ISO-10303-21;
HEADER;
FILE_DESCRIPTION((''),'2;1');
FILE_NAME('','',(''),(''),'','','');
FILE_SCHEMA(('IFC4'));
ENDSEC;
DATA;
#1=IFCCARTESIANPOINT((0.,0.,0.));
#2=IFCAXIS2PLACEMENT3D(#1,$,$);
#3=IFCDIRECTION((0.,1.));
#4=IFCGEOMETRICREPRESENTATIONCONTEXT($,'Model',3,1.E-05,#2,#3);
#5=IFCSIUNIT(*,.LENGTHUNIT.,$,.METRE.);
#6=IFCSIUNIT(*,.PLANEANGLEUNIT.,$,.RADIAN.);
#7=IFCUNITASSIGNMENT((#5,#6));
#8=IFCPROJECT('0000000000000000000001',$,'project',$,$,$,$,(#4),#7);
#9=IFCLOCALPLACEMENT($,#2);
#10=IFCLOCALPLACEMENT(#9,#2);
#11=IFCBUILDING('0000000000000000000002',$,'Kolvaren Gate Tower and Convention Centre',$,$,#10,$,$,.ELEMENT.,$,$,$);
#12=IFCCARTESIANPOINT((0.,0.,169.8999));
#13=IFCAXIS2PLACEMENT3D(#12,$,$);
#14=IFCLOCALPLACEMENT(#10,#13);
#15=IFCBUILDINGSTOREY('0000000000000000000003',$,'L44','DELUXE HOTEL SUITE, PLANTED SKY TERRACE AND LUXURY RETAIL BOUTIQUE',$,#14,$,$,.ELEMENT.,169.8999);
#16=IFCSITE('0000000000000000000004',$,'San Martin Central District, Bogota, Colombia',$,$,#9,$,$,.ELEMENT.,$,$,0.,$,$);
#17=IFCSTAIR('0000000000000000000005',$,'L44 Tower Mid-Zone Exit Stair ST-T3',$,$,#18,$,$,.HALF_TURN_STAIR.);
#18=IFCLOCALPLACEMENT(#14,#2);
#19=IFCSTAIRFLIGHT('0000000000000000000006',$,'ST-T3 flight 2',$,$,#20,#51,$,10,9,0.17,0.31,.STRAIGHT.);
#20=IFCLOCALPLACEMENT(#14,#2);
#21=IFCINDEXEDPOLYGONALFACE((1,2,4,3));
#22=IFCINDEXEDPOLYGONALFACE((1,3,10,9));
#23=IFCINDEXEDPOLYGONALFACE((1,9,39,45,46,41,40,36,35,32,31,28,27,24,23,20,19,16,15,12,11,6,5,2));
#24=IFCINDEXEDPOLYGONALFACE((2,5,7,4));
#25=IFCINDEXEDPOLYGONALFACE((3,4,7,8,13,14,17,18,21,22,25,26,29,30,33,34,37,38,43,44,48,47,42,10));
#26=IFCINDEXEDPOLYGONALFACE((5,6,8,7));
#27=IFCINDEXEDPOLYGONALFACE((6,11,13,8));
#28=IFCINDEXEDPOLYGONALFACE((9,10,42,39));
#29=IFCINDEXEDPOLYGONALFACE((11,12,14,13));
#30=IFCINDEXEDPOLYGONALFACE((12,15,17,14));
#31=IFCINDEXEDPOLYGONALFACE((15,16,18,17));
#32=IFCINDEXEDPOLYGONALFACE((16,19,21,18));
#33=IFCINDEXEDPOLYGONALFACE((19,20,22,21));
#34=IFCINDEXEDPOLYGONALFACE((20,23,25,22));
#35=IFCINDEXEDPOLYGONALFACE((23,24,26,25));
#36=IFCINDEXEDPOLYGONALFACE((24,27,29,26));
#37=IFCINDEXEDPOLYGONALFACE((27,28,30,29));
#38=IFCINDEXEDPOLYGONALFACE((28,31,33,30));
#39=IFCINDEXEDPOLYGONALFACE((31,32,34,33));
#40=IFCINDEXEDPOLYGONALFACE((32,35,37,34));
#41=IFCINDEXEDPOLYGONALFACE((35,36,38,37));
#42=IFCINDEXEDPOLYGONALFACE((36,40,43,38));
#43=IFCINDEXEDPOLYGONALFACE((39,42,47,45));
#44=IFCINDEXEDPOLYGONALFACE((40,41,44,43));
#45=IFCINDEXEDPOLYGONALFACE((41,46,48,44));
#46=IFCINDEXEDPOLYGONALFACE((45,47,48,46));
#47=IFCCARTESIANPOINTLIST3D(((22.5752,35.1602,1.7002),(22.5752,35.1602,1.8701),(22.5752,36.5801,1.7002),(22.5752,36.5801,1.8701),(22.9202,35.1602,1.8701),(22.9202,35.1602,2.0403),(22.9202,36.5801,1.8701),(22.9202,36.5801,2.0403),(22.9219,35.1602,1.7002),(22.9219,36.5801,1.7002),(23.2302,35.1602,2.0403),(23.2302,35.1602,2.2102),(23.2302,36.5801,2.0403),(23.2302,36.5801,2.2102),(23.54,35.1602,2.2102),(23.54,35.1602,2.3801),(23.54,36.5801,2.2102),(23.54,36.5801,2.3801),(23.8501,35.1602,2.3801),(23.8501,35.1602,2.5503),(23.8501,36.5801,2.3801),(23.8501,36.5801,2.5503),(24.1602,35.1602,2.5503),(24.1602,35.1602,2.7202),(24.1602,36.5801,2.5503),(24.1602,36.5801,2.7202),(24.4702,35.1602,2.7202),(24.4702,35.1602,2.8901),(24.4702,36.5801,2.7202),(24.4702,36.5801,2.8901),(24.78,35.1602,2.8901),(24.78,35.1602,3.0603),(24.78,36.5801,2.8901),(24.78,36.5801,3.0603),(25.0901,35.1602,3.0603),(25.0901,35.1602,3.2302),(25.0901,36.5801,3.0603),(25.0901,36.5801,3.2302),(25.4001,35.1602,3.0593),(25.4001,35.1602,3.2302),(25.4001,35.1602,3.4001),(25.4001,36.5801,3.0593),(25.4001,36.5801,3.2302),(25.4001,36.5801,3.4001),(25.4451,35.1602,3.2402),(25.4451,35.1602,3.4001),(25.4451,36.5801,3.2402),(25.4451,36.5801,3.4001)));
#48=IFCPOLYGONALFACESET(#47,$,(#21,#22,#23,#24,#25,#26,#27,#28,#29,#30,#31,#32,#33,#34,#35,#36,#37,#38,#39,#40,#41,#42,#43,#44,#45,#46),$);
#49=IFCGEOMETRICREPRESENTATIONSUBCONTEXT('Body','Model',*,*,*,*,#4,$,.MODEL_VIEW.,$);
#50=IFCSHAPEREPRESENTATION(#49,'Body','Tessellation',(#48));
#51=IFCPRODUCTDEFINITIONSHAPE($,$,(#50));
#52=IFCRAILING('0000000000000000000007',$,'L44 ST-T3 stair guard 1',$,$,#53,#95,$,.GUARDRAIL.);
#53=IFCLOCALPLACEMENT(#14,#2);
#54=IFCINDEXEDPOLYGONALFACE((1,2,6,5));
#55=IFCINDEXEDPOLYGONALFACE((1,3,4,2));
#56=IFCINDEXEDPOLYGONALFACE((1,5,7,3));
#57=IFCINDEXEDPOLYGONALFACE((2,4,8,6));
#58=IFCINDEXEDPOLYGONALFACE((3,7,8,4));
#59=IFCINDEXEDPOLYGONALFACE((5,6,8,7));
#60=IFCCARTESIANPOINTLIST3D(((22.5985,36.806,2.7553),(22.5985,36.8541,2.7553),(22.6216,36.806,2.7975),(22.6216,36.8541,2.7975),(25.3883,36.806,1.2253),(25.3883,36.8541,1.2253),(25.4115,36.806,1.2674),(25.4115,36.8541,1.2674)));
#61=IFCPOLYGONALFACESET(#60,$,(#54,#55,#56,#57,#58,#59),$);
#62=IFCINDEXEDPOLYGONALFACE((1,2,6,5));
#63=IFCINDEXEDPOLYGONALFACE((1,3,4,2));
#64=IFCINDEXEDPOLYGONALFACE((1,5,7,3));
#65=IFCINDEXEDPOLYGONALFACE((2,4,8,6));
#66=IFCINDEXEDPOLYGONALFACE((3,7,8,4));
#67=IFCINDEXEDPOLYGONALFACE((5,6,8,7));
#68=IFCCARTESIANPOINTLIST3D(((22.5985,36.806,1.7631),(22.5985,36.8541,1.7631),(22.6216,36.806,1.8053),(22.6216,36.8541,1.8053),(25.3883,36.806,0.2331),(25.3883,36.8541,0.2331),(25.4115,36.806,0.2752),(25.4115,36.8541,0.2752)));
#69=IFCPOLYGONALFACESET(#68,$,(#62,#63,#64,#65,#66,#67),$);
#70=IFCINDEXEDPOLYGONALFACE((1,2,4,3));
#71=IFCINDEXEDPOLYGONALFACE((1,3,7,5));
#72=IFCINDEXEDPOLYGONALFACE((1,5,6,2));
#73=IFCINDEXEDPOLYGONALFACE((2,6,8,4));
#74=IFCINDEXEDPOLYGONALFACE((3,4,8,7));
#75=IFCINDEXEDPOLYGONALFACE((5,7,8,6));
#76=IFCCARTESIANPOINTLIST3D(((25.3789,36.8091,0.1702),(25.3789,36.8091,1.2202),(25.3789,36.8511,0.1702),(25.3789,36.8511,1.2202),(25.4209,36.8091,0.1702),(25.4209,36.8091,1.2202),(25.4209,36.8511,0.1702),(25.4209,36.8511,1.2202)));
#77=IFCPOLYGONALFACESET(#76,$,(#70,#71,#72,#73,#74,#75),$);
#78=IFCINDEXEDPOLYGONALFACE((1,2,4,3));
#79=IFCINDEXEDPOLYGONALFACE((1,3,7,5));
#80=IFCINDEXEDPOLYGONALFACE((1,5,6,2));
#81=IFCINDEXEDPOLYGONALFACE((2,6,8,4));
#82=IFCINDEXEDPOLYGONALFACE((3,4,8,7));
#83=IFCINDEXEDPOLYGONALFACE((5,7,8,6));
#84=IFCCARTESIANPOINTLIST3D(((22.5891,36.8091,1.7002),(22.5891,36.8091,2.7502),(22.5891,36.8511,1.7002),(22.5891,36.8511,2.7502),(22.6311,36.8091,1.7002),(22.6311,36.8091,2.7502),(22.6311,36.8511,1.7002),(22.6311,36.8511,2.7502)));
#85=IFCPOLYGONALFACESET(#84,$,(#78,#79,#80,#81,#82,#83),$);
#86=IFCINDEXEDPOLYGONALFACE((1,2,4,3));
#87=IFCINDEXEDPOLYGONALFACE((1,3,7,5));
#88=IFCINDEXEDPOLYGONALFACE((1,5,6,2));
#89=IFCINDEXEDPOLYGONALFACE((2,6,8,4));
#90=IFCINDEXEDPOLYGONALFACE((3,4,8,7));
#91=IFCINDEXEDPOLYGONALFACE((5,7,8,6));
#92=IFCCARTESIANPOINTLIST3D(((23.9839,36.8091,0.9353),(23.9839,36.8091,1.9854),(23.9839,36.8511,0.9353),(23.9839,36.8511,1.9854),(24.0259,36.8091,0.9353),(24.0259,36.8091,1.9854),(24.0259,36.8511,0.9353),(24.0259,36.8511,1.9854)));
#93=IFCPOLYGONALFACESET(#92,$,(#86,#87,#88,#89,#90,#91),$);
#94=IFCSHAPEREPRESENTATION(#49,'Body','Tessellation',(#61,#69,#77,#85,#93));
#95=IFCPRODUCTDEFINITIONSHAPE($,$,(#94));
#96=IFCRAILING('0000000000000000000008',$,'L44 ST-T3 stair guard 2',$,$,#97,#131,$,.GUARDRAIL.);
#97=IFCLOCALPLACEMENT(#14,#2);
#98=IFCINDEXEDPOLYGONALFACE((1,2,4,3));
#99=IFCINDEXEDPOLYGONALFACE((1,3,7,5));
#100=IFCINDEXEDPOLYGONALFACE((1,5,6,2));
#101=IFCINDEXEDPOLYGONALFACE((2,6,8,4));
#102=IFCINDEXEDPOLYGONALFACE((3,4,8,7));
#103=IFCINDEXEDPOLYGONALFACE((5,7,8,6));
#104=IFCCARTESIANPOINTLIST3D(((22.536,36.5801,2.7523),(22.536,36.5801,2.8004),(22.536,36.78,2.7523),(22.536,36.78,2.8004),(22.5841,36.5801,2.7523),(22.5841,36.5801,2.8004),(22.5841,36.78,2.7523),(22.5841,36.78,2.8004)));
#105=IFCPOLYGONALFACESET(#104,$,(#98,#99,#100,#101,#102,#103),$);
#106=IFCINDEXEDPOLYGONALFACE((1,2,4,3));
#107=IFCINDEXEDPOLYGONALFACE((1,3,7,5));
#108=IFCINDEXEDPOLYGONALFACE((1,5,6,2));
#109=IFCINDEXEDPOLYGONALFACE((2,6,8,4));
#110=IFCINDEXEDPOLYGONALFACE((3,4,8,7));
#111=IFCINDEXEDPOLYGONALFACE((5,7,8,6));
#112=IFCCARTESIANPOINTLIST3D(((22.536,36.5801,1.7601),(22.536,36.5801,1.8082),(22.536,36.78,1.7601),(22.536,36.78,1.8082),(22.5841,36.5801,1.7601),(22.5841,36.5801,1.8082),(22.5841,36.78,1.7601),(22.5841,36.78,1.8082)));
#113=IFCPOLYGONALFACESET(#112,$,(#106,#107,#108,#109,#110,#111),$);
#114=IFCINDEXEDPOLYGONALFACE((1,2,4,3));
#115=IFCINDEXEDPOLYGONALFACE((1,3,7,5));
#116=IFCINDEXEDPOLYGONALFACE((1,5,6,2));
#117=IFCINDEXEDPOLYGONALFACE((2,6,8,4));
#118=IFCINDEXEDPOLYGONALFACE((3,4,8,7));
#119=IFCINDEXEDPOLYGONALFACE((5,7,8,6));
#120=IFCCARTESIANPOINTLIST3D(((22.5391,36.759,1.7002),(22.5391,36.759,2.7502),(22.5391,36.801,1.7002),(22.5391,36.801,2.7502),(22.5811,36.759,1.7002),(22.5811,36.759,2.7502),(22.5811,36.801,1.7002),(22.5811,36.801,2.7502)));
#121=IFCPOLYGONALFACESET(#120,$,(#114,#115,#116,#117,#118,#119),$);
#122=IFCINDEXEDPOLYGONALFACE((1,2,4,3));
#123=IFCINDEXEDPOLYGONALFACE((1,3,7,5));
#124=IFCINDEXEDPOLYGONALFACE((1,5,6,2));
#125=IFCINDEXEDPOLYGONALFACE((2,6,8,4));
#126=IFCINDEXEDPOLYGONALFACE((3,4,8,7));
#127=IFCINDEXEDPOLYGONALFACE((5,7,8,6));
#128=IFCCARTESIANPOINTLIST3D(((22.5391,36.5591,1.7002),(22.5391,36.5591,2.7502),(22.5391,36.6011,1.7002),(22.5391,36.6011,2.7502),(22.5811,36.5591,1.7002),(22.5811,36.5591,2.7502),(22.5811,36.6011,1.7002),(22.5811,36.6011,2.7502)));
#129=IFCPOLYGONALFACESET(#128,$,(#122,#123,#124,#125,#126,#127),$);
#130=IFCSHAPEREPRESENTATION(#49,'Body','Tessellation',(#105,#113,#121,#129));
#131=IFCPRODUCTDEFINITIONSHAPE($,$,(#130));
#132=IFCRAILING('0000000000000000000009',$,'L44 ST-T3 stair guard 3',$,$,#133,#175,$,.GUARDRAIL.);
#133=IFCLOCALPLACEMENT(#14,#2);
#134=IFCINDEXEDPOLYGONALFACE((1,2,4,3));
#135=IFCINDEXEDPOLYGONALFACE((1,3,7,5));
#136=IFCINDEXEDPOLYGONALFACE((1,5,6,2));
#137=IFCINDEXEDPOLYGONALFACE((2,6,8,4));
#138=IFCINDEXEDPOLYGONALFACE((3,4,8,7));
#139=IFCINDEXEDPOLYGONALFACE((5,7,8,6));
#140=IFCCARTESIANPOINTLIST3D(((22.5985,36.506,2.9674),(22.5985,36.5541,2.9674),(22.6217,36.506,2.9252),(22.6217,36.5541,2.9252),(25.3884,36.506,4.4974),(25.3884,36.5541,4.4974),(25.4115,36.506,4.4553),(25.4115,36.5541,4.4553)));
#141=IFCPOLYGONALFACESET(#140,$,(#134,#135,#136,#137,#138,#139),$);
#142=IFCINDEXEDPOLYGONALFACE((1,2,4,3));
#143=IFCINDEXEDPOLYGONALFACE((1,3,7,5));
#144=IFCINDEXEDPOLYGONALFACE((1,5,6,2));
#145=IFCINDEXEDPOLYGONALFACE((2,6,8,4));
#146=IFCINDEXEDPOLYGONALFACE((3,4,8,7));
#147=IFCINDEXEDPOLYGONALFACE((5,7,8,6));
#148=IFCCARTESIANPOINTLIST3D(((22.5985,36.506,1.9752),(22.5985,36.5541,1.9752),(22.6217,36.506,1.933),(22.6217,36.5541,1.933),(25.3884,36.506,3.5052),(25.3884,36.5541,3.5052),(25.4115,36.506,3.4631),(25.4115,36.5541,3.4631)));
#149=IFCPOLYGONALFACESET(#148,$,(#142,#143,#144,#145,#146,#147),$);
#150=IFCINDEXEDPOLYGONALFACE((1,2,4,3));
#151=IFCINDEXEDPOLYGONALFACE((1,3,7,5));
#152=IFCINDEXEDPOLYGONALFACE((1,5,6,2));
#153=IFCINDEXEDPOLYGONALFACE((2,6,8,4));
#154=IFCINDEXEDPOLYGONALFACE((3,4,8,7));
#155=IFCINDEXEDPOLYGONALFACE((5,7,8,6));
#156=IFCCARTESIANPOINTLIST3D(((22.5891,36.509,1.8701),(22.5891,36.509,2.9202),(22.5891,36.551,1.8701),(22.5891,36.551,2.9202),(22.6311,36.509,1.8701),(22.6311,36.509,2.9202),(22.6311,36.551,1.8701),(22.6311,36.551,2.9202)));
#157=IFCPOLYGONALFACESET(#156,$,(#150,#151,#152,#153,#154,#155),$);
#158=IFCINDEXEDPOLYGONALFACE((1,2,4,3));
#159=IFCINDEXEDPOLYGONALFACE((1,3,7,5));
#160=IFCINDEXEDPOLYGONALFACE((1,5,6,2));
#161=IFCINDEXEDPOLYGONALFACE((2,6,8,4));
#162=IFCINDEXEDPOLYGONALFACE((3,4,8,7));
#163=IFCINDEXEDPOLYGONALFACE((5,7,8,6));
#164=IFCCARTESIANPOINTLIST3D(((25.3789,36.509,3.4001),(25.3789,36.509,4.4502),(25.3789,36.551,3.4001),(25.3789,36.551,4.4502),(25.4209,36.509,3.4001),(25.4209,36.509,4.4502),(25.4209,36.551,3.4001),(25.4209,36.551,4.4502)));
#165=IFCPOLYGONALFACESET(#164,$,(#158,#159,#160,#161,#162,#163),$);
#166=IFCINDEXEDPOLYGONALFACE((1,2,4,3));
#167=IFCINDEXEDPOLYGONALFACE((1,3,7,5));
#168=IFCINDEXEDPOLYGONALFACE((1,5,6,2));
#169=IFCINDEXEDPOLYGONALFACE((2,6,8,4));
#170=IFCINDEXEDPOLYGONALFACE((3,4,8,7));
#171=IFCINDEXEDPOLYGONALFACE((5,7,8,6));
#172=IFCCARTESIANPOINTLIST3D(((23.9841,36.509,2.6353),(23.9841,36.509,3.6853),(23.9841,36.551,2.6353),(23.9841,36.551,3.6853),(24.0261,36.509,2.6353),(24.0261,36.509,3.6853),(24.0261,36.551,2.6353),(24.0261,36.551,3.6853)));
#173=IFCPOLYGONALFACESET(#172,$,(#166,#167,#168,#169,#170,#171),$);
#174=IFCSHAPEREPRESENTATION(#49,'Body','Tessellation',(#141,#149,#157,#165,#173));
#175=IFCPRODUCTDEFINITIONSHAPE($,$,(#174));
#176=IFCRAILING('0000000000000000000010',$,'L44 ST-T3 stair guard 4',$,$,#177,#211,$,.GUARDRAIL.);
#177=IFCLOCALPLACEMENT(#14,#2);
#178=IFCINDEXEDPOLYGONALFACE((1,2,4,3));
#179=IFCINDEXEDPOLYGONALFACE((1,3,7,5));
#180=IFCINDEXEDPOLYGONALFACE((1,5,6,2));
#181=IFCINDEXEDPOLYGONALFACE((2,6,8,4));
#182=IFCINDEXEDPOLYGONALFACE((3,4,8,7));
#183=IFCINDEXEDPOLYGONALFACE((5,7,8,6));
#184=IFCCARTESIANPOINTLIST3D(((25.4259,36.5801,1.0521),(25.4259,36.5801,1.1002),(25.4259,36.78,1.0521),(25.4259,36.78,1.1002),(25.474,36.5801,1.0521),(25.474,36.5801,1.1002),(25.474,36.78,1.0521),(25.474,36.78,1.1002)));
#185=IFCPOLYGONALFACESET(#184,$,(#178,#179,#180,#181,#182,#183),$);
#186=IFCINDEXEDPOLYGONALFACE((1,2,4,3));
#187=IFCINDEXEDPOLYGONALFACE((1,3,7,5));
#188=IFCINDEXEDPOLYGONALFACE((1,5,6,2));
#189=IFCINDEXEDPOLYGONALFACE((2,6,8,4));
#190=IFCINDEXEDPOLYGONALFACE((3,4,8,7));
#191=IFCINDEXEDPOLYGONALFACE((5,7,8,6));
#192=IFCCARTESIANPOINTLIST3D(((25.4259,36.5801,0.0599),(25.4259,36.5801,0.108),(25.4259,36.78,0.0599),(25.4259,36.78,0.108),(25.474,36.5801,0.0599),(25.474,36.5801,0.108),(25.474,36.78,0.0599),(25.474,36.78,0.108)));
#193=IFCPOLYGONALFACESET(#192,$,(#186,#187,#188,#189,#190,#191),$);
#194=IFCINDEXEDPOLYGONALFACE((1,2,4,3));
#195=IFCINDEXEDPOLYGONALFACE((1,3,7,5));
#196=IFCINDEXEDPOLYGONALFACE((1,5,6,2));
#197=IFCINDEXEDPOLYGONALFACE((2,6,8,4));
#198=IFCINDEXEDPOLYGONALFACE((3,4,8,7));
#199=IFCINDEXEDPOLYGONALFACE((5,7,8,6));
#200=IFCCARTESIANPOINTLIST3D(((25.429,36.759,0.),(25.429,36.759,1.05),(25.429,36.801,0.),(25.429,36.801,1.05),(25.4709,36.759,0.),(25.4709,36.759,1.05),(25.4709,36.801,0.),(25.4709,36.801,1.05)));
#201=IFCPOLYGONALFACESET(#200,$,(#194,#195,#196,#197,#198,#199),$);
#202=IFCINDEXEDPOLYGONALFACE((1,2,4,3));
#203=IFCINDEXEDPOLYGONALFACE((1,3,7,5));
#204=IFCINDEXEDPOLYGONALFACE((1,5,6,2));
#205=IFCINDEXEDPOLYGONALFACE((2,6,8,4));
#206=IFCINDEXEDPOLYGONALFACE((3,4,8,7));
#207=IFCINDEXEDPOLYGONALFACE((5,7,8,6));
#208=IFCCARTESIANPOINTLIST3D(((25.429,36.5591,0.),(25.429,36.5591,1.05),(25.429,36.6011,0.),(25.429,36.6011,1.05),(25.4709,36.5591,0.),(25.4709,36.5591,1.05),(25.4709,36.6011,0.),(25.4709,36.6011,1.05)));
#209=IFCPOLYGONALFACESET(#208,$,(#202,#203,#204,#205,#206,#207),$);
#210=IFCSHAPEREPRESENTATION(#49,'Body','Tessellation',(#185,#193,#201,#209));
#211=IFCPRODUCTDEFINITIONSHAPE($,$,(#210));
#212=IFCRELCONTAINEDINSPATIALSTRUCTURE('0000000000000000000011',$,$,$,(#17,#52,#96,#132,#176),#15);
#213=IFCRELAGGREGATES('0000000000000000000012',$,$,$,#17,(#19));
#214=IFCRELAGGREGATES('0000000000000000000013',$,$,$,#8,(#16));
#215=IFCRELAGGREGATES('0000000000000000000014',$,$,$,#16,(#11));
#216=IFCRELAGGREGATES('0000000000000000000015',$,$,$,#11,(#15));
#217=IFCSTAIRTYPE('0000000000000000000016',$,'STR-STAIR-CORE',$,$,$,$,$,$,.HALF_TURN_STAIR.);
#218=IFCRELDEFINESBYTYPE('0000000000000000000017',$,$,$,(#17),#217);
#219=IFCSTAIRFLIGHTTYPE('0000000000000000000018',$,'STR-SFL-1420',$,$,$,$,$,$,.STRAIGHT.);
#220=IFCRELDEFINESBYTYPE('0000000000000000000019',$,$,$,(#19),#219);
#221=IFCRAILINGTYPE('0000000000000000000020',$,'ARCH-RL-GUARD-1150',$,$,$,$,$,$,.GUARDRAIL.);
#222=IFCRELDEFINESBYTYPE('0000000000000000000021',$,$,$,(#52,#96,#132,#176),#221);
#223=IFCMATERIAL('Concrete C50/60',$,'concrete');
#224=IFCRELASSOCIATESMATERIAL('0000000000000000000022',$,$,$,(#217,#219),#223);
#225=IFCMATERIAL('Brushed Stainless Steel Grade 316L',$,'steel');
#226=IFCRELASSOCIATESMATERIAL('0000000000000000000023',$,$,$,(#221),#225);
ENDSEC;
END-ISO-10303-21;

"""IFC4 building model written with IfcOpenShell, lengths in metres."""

from ifc_helpers import new_model, si_unit, direction, frame, origin, origin_2d, place, context, subcontext, project, spatial, polyline, rectangle, outline, extrude, material, type_object, element, aggregate, save


model = new_model("IFC4")

# Units and contexts
model_context = context("Model", 3, precision=1e-05, world=origin(), true_north=direction((0.0, 1.0)))
body_context = subcontext(model_context, "Body", "Model", "MODEL_VIEW")
ifc_project = project(units=[si_unit("LENGTHUNIT", "METRE"), si_unit("PLANEANGLEUNIT", "RADIAN")], contexts=[model_context])

# Site, building, storey
site_placement = place(None, origin())
site = spatial("IfcSite", under=ifc_project, at=site_placement, Name="San Martin Central District, Bogota, Colombia", CompositionType="ELEMENT", RefElevation=0.0)
building_placement = place(site_placement, origin())
building = spatial("IfcBuilding", under=site, at=building_placement, Name="Kolvaren Gate Tower and Convention Centre", CompositionType="ELEMENT")
storey_placement = place(building_placement, frame((0.0, 0.0, 169.8999)))
storey = spatial("IfcBuildingStorey", under=building, at=storey_placement, Name="L44", Description="DELUXE HOTEL SUITE, PLANTED SKY TERRACE AND LUXURY RETAIL BOUTIQUE", CompositionType="ELEMENT", Elevation=169.8999)

# Shared definitions
ifc_material_1 = material(Name="Concrete C50/60", Category="concrete")

# Stair, stair flight
stair_type = type_object("IfcStairType", Name="STR-STAIR-CORE", PredefinedType="HALF_TURN_STAIR", material=ifc_material_1)
stair_placement = place(storey_placement, origin())
stair = element("IfcStair", 1, at=stair_placement, inside=storey, type_object=stair_type, Name="L44 Tower Mid-Zone Exit Stair ST-T3", PredefinedType="HALF_TURN_STAIR")
stair_flight_type = type_object("IfcStairFlightType", Name="STR-SFL-1420", PredefinedType="STRAIGHT", material=ifc_material_1)
stair_flight_1_placement = place(storey_placement, frame((22.6101, 35.8701, 1.7002), z_axis=(0.0, 0.0, 1.0), x_axis=(1.0, 0.0, 0.0)))
stair_flight_1 = element("IfcStairFlight", 2, at=stair_flight_1_placement, type_object=stair_flight_type, Name="ST-T3 flight 2", NumberOfRisers=10, NumberOfTreads=9, PredefinedType="STRAIGHT", RiserHeight=0.17, TreadLength=0.31, context=body_context, shape_type="SweptSolid", body=[
    extrude(outline(polyline([(-0.0349, 0.0), (-0.0349, 0.1699), (0.3101, 0.1699), (0.3101, 0.3401), (0.6201, 0.3401), (0.6201, 0.51), (0.9299, 0.51), (0.9299, 0.6799), (1.24, 0.6799), (1.24, 0.8501), (1.55, 0.8501), (1.55, 1.02), (1.8601, 1.02), (1.8601, 1.1899), (2.1699, 1.1899), (2.1699, 1.3601), (2.48, 1.3601), (2.48, 1.53), (2.79, 1.53), (2.79, 1.7), (2.835, 1.7), (2.835, 1.54), (2.79, 1.3591), (0.3118, 0.0), (-0.0349, 0.0)])), frame((0.0, 0.71, 0.0), z_axis=(0.0, -1.0, 0.0), x_axis=(1.0, 0.0, 0.0)), (0.0, 0.0, 1.0), 1.4199),
])
aggregate(stair, [stair_flight_1])

# Railings
ifc_material_2 = material(Name="Brushed Stainless Steel Grade 316L", Category="steel")
railing_type_1 = type_object("IfcRailingType", Name="ARCH-RL-GUARD-1150", PredefinedType="GUARDRAIL", material=ifc_material_2)
railing_1_placement = place(storey_placement, frame((25.3999, 36.8301, 0.1702)))
element("IfcRailing", 3, at=railing_1_placement, inside=storey, type_object=railing_type_1, Name="L44 ST-T3 stair guard 1", PredefinedType="GUARDRAIL", context=body_context, shape_type="SweptSolid", body=[
    extrude(rectangle(XDim=0.0481, YDim=0.0481, at=origin_2d()), frame((0.0, 0.0, 1.0762), z_axis=(-0.876794, 0.0, 0.480867), x_axis=(0.0, -1.0, 0.0)), (0.0, 0.0, 1.0), 3.1819),
    extrude(rectangle(XDim=0.0481, YDim=0.0481, at=origin_2d()), frame((0.0, 0.0, 0.084), z_axis=(-0.876794, 0.0, 0.480867), x_axis=(0.0, -1.0, 0.0)), (0.0, 0.0, 1.0), 3.1819),
    extrude(rectangle(XDim=0.042, YDim=0.042, at=origin_2d()), origin(), (0.0, 0.0, 1.0), 1.05),
    extrude(rectangle(XDim=0.042, YDim=0.042, at=origin_2d()), frame((-2.7898, 0.0, 1.53)), (0.0, 0.0, 1.0), 1.05),
    extrude(rectangle(XDim=0.042, YDim=0.042, at=origin_2d()), frame((-1.395, 0.0, 0.7651)), (0.0, 0.0, 1.0), 1.05),
])
railing_2_placement = place(storey_placement, frame((22.5601, 36.78, 1.7002)))
element("IfcRailing", 4, at=railing_2_placement, inside=storey, type_object=railing_type_1, Name="L44 ST-T3 stair guard 2", PredefinedType="GUARDRAIL", context=body_context, shape_type="SweptSolid", body=[
    extrude(rectangle(XDim=0.0481, YDim=0.0481, at=origin_2d()), frame((0.0, 0.0, 1.0762), z_axis=(0.0, -1.0, 0.0), x_axis=(1.0, 0.0, 0.0)), (0.0, 0.0, 1.0), 0.2),
    extrude(rectangle(XDim=0.0481, YDim=0.0481, at=origin_2d()), frame((0.0, 0.0, 0.084), z_axis=(0.0, -1.0, 0.0), x_axis=(1.0, 0.0, 0.0)), (0.0, 0.0, 1.0), 0.2),
    extrude(rectangle(XDim=0.042, YDim=0.042, at=origin_2d()), origin(), (0.0, 0.0, 1.0), 1.05),
    extrude(rectangle(XDim=0.042, YDim=0.042, at=origin_2d()), frame((0.0, -0.2, 0.0)), (0.0, 0.0, 1.0), 1.05),
])
railing_3_placement = place(storey_placement, frame((22.6101, 36.53, 1.8701)))
element("IfcRailing", 5, at=railing_3_placement, inside=storey, type_object=railing_type_1, Name="L44 ST-T3 stair guard 3", PredefinedType="GUARDRAIL", context=body_context, shape_type="SweptSolid", body=[
    extrude(rectangle(XDim=0.0481, YDim=0.0481, at=origin_2d()), frame((0.0, 0.0, 1.0762), z_axis=(0.876794, 0.0, 0.480867), x_axis=(0.0, 1.0, 0.0)), (0.0, 0.0, 1.0), 3.1819),
    extrude(rectangle(XDim=0.0481, YDim=0.0481, at=origin_2d()), frame((0.0, 0.0, 0.084), z_axis=(0.876794, 0.0, 0.480867), x_axis=(0.0, 1.0, 0.0)), (0.0, 0.0, 1.0), 3.1819),
    extrude(rectangle(XDim=0.042, YDim=0.042, at=origin_2d()), origin(), (0.0, 0.0, 1.0), 1.05),
    extrude(rectangle(XDim=0.042, YDim=0.042, at=origin_2d()), frame((2.7898, 0.0, 1.53)), (0.0, 0.0, 1.0), 1.05),
    extrude(rectangle(XDim=0.042, YDim=0.042, at=origin_2d()), frame((1.395, 0.0, 0.7651)), (0.0, 0.0, 1.0), 1.05),
])
railing_4_placement = place(storey_placement, frame((25.45, 36.78, 0.0)))
element("IfcRailing", 6, at=railing_4_placement, inside=storey, type_object=railing_type_1, Name="L44 ST-T3 stair guard 4", PredefinedType="GUARDRAIL", context=body_context, shape_type="SweptSolid", body=[
    extrude(rectangle(XDim=0.0481, YDim=0.0481, at=origin_2d()), frame((0.0, 0.0, 1.0762), z_axis=(0.0, -1.0, 0.0), x_axis=(1.0, 0.0, 0.0)), (0.0, 0.0, 1.0), 0.2),
    extrude(rectangle(XDim=0.0481, YDim=0.0481, at=origin_2d()), frame((0.0, 0.0, 0.084), z_axis=(0.0, -1.0, 0.0), x_axis=(1.0, 0.0, 0.0)), (0.0, 0.0, 1.0), 0.2),
    extrude(rectangle(XDim=0.042, YDim=0.042, at=origin_2d()), origin(), (0.0, 0.0, 1.0), 1.05),
    extrude(rectangle(XDim=0.042, YDim=0.042, at=origin_2d()), frame((0.0, -0.2, 0.0)), (0.0, 0.0, 1.0), 1.05),
])

save(model, "model.ifc")
